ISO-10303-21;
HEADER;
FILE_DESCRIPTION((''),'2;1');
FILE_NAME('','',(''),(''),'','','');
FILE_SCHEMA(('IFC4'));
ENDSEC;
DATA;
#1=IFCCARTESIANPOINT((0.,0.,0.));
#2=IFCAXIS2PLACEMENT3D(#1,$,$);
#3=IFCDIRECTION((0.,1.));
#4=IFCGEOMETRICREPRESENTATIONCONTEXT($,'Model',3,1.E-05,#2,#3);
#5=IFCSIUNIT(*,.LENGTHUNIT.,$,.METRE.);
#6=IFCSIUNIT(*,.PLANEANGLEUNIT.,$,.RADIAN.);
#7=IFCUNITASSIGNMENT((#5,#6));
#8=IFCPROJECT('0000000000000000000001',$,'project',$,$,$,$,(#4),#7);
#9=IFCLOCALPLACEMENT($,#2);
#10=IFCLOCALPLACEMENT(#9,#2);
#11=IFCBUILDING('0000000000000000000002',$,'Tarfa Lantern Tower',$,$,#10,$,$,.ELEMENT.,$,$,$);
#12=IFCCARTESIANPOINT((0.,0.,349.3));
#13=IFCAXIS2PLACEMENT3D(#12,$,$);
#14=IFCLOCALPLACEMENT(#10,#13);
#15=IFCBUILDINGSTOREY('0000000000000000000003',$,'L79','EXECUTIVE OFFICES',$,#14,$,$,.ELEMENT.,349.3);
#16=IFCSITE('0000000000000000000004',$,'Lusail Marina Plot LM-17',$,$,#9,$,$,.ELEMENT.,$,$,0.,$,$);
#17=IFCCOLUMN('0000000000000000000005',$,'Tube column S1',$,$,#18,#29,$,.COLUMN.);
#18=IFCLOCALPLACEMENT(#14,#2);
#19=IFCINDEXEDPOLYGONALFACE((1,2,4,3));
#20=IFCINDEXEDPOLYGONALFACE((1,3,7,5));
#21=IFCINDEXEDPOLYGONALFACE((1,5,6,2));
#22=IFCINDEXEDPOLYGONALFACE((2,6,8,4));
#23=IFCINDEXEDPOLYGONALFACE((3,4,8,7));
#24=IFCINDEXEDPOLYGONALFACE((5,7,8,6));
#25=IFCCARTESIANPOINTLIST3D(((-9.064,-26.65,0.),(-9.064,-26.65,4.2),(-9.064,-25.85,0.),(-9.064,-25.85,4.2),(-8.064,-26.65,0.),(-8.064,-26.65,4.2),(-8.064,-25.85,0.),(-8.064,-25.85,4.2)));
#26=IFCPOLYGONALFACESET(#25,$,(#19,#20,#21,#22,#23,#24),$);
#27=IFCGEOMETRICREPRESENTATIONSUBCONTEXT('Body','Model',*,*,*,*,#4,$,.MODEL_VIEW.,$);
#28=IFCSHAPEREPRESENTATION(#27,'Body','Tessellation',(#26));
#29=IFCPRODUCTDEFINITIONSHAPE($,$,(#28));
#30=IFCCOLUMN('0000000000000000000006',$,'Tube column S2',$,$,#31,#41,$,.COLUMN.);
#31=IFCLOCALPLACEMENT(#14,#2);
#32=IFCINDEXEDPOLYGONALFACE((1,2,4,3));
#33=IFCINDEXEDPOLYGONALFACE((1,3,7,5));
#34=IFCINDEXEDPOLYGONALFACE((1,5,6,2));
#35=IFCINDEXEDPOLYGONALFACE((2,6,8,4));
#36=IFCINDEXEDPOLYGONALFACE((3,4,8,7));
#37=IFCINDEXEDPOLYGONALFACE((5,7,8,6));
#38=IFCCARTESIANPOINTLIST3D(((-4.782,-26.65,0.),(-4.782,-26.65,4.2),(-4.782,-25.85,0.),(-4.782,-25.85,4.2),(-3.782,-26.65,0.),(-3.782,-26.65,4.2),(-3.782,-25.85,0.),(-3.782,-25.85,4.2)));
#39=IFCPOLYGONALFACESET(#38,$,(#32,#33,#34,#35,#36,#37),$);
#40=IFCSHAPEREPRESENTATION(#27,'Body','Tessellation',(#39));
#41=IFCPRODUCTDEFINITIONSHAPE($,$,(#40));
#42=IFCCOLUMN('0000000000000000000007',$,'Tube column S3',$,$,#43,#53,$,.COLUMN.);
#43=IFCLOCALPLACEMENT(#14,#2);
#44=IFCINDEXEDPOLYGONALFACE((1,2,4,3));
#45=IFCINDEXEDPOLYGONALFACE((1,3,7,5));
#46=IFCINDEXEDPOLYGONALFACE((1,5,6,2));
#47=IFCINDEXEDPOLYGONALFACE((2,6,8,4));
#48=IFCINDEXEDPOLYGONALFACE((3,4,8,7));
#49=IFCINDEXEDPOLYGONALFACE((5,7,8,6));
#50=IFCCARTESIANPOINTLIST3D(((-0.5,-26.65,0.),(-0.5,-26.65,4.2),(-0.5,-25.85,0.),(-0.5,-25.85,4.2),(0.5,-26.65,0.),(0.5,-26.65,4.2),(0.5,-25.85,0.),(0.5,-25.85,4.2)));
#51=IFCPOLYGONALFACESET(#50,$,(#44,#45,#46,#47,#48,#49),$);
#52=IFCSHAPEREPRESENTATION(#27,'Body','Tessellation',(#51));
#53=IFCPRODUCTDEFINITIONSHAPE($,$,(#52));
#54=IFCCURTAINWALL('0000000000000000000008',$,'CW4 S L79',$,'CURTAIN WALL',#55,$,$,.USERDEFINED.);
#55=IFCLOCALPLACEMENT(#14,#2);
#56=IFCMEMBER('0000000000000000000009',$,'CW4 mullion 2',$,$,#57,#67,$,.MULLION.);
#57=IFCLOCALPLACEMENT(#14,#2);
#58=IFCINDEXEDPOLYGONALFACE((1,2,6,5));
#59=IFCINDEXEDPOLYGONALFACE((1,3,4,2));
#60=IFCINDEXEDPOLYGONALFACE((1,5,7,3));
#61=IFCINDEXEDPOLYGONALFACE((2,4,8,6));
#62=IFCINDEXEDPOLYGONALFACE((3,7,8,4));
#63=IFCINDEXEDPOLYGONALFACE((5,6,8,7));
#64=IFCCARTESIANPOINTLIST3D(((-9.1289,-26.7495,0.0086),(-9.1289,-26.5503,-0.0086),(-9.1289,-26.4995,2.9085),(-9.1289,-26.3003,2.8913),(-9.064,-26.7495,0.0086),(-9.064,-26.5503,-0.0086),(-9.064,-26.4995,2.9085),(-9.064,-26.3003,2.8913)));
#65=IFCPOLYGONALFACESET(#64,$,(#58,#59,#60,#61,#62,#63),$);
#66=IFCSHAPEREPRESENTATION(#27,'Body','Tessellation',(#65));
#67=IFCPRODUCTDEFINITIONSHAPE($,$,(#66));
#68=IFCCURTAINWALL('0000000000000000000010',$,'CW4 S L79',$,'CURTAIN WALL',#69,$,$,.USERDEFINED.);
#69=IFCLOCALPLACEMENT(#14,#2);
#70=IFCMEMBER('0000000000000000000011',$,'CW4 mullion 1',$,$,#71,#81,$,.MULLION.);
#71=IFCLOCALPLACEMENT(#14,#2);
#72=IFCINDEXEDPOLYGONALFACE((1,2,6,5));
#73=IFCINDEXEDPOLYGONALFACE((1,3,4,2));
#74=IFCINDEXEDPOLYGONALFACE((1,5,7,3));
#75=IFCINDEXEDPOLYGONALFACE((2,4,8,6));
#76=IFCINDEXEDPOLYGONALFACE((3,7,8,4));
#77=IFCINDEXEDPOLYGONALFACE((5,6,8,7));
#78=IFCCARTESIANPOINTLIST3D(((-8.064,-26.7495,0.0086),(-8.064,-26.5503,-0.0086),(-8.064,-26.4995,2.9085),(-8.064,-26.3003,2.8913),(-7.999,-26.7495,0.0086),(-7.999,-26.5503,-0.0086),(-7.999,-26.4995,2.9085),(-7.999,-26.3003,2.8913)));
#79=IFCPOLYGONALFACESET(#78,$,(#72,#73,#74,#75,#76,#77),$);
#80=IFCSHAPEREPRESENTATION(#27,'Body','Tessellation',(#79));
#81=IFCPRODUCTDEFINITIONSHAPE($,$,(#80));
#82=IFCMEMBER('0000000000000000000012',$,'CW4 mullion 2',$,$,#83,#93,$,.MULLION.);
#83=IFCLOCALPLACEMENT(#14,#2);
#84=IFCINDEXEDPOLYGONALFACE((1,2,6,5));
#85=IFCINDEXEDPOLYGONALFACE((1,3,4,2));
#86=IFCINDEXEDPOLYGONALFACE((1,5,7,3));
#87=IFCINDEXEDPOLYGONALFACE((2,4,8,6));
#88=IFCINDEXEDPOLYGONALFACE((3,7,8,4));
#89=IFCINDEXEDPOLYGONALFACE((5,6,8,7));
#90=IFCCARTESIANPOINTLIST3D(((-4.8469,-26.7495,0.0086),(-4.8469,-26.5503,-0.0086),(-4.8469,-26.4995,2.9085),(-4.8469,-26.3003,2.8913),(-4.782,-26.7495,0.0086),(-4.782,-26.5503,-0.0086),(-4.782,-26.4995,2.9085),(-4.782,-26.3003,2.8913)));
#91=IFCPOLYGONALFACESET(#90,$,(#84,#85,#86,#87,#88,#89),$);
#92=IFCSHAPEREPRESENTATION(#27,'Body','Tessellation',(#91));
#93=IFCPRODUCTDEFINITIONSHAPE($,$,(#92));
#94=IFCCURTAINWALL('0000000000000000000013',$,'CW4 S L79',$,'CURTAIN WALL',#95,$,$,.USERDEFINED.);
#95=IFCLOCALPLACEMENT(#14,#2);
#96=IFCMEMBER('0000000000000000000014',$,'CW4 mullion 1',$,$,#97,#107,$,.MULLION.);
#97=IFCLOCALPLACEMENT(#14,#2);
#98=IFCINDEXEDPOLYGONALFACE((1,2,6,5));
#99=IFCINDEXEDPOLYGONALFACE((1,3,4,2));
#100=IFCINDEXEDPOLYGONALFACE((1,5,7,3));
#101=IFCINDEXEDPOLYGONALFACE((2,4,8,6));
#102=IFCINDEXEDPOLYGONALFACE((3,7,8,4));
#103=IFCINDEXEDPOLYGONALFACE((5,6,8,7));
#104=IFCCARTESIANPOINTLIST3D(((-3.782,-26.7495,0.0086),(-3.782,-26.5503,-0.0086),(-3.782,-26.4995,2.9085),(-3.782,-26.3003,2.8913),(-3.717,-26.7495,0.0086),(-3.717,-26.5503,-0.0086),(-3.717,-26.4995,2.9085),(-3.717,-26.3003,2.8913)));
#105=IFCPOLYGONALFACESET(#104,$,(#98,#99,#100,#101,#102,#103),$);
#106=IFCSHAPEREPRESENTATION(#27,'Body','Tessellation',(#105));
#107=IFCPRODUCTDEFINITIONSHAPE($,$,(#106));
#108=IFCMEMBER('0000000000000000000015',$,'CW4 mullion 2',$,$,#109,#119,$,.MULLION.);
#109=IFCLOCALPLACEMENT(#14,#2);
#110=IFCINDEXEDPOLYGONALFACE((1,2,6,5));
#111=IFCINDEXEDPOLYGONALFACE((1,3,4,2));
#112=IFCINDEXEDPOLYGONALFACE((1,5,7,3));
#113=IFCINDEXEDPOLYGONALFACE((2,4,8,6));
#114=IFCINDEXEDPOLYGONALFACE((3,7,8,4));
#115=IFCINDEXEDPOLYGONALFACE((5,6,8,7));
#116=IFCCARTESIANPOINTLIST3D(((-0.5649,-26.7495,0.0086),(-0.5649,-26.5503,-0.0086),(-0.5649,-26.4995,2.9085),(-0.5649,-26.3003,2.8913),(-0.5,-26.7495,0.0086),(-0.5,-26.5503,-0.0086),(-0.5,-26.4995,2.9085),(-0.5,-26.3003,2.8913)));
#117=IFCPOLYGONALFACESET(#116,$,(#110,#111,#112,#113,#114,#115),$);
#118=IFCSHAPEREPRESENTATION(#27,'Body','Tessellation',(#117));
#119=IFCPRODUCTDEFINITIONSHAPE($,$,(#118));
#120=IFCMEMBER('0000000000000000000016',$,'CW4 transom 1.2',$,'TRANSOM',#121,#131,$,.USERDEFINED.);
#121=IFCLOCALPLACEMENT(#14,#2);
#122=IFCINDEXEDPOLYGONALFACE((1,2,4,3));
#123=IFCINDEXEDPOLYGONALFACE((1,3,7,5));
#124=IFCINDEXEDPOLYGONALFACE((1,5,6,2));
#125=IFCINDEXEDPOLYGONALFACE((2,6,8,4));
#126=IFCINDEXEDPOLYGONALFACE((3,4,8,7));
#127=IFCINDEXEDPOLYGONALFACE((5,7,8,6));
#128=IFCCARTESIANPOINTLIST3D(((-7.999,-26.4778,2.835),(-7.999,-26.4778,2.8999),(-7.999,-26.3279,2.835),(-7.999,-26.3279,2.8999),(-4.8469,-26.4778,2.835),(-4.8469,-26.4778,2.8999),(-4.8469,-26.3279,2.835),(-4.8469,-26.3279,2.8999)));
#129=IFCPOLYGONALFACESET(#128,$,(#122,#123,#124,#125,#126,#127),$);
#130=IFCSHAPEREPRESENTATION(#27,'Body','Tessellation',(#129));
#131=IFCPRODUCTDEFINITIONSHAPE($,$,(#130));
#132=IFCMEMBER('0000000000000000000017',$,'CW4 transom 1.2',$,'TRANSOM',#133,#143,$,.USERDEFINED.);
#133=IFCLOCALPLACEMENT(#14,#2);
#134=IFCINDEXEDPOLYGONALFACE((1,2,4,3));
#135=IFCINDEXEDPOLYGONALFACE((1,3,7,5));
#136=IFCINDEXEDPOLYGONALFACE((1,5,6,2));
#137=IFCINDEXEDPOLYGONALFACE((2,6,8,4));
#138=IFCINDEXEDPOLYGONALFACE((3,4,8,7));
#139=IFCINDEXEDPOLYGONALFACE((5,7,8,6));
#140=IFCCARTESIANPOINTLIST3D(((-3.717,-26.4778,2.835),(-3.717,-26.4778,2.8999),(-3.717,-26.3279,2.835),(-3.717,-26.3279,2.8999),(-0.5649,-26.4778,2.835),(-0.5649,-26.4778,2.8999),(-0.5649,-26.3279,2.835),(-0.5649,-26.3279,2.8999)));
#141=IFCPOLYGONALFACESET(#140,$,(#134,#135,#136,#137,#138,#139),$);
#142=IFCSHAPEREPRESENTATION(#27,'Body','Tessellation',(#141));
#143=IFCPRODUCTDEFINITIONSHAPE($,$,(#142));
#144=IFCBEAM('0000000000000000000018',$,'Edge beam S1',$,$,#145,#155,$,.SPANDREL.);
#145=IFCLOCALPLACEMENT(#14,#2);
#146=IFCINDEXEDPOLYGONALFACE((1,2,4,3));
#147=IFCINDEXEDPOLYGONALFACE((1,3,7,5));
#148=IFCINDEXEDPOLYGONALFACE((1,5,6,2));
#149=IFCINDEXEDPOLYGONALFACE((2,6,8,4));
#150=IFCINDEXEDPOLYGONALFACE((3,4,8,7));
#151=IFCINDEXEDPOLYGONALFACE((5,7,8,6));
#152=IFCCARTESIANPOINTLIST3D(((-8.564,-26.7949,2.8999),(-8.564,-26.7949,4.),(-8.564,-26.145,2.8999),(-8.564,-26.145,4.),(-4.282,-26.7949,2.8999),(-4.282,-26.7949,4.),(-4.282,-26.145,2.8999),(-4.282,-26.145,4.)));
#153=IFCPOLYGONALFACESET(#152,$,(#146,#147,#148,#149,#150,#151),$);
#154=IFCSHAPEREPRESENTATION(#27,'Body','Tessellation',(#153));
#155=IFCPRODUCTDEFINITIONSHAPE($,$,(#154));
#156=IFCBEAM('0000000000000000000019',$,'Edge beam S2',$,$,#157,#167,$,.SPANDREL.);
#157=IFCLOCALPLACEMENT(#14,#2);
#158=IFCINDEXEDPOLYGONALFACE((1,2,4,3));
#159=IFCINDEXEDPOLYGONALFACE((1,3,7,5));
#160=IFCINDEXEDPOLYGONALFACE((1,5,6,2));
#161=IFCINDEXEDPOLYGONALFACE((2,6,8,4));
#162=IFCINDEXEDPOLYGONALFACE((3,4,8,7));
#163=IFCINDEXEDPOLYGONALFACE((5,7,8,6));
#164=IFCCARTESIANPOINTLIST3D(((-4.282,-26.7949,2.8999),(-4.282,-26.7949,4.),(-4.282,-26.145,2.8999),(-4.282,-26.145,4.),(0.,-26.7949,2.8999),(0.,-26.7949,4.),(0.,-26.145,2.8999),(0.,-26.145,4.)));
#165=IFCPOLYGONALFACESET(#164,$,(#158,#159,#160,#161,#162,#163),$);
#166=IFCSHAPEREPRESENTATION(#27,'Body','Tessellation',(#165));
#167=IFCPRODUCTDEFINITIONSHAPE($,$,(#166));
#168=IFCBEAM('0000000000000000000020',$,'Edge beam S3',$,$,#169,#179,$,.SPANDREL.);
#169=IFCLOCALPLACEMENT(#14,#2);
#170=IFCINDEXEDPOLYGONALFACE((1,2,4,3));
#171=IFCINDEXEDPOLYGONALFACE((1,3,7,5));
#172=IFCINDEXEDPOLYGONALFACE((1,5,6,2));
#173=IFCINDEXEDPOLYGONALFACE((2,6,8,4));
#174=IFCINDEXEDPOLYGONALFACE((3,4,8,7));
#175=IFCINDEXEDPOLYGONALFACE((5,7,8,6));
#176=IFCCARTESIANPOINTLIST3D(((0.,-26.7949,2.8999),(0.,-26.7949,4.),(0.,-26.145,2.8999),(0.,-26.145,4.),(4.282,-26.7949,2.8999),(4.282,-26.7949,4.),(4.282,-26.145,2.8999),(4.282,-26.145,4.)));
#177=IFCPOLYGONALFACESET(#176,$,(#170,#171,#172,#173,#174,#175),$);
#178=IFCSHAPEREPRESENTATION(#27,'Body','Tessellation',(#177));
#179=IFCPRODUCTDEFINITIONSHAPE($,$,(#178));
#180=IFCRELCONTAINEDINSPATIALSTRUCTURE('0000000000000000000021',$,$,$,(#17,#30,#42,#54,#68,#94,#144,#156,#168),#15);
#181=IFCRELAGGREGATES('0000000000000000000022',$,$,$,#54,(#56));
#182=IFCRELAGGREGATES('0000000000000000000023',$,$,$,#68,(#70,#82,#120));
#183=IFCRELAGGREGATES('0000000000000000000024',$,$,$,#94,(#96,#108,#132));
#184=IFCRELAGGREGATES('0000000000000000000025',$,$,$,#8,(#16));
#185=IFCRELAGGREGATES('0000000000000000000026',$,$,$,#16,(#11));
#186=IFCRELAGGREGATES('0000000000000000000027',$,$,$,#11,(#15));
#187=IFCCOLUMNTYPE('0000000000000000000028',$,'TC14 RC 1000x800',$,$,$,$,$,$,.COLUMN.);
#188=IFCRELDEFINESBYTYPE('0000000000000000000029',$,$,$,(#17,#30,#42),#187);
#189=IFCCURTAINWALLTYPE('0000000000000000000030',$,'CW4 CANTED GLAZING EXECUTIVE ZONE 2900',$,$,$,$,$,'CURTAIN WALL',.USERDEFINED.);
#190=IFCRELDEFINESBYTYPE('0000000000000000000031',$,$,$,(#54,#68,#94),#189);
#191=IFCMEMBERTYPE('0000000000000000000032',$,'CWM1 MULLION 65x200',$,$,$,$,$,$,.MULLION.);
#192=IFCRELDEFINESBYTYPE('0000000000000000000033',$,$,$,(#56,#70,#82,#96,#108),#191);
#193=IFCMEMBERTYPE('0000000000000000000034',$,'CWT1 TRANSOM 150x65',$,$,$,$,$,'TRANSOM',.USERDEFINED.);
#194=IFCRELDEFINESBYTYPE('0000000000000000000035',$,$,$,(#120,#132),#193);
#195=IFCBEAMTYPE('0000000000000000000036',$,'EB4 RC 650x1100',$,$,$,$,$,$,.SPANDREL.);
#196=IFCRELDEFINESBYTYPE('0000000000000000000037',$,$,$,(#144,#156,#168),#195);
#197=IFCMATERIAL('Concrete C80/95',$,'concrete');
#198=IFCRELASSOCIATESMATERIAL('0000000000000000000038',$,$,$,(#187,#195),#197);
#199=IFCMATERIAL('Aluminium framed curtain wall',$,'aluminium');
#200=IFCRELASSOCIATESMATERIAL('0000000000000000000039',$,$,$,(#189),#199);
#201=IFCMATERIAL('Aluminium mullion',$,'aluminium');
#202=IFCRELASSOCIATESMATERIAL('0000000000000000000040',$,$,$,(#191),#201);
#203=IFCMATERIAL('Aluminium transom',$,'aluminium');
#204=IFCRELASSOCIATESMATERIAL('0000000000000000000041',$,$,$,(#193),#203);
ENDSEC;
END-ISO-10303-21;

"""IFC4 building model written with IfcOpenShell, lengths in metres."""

from ifc_helpers import new_model, si_unit, direction, frame, origin, origin_2d, place, context, subcontext, project, spatial, rectangle, extrude, material, material_profile, profile_set, type_object, element, aggregate, save


model = new_model("IFC4")

# Units and contexts
model_context = context("Model", 3, precision=1e-05, world=origin(), true_north=direction((0.0, 1.0)))
body_context = subcontext(model_context, "Body", "Model", "MODEL_VIEW")
ifc_project = project(units=[si_unit("LENGTHUNIT", "METRE"), si_unit("PLANEANGLEUNIT", "RADIAN")], contexts=[model_context])

# Site, building, storey
site_placement = place(None, origin())
site = spatial("IfcSite", under=ifc_project, at=site_placement, Name="Lusail Marina Plot LM-17", CompositionType="ELEMENT", RefElevation=0.0)
building_placement = place(site_placement, origin())
building = spatial("IfcBuilding", under=site, at=building_placement, Name="Tarfa Lantern Tower", CompositionType="ELEMENT")
storey_placement = place(building_placement, frame((0.0, 0.0, 349.3)))
storey = spatial("IfcBuildingStorey", under=building, at=storey_placement, Name="L79", Description="EXECUTIVE OFFICES", CompositionType="ELEMENT", Elevation=349.3)

# Columns
ifc_material_1 = material(Name="Concrete C80/95", Category="concrete")
ifc_material_profile_1 = material_profile(ifc_material_1, rectangle(XDim=1.0, YDim=0.8, at=origin_2d()), Name="RC 1000x800")
ifc_profile_set_1 = profile_set([ifc_material_profile_1], Name="Concrete C80/95")
column_type = type_object("IfcColumnType", Name="TC14 RC 1000x800", PredefinedType="COLUMN", material=ifc_profile_set_1)
for number, where, z_axis, x_axis, name in (
    (1, (-8.564, -26.25, 0.0), (0.0, 0.0, 1.0), (1.0, 0.0, 0.0), "Tube column S1"),
    (2, (-4.282, -26.25, 0.0), (0.0, 0.0, 1.0), (1.0, 0.0, 0.0), "Tube column S2"),
    (3, (0.0, -26.25, 0.0), (0.0, 0.0, 1.0), (1.0, 0.0, 0.0), "Tube column S3"),
):
    element("IfcColumn", number, at=place(storey_placement, frame(where, z_axis=z_axis, x_axis=x_axis)), inside=storey, type_object=column_type, Name=name, PredefinedType="COLUMN", context=body_context, shape_type="SweptSolid", body=[
        extrude(rectangle(XDim=1.0, YDim=0.8, at=origin_2d()), origin(), (0.0, 0.0, 1.0), 4.2),
    ])

# Curtain wall, member
ifc_material_2 = material(Name="Aluminium framed curtain wall", Category="aluminium")
curtain_wall_type = type_object("IfcCurtainWallType", Name="CW4 CANTED GLAZING EXECUTIVE ZONE 2900", ElementType="CURTAIN WALL", PredefinedType="USERDEFINED", material=ifc_material_2)
curtain_wall_1_placement = place(storey_placement, origin())
curtain_wall_1 = element("IfcCurtainWall", 4, at=curtain_wall_1_placement, inside=storey, type_object=curtain_wall_type, Name="CW4 S L79", ObjectType="CURTAIN WALL", PredefinedType="USERDEFINED")
ifc_material_3 = material(Name="Aluminium mullion", Category="aluminium")
ifc_material_profile_2 = material_profile(ifc_material_3, rectangle(XDim=0.0649, YDim=0.2, at=origin_2d()), Name="AL MULLION 65x200")
ifc_profile_set_2 = profile_set([ifc_material_profile_2], Name="Aluminium mullion")
member_type_1 = type_object("IfcMemberType", Name="CWM1 MULLION 65x200", PredefinedType="MULLION", material=ifc_profile_set_2)
member_1_placement = place(storey_placement, frame((-9.0964, -26.6499, 0.0), z_axis=(0.0, 0.085891, 0.996305), x_axis=(-1.0, 0.0, 0.0)))
member_1 = element("IfcMember", 5, at=member_1_placement, type_object=member_type_1, Name="CW4 mullion 2", PredefinedType="MULLION", context=body_context, shape_type="SweptSolid", body=[
    extrude(rectangle(XDim=0.0649, YDim=0.2, at=origin_2d()), origin(), (0.0, 0.0, 1.0), 2.9106),
])
aggregate(curtain_wall_1, [member_1])

# Curtain walls, members
curtain_wall_2_placement = place(storey_placement, origin())
curtain_wall_2 = element("IfcCurtainWall", 6, at=curtain_wall_2_placement, inside=storey, type_object=curtain_wall_type, Name="CW4 S L79", ObjectType="CURTAIN WALL", PredefinedType="USERDEFINED")
member_2_placement = place(storey_placement, frame((-8.0315, -26.6499, 0.0), z_axis=(0.0, 0.085891, 0.996305), x_axis=(-1.0, 0.0, 0.0)))
member_2 = element("IfcMember", 7, at=member_2_placement, type_object=member_type_1, Name="CW4 mullion 1", PredefinedType="MULLION", context=body_context, shape_type="SweptSolid", body=[
    extrude(rectangle(XDim=0.0649, YDim=0.2, at=origin_2d()), origin(), (0.0, 0.0, 1.0), 2.9106),
])
member_3_placement = place(storey_placement, frame((-4.8145, -26.6499, 0.0), z_axis=(0.0, 0.085891, 0.996305), x_axis=(-1.0, 0.0, 0.0)))
member_3 = element("IfcMember", 8, at=member_3_placement, type_object=member_type_1, Name="CW4 mullion 2", PredefinedType="MULLION", context=body_context, shape_type="SweptSolid", body=[
    extrude(rectangle(XDim=0.0649, YDim=0.2, at=origin_2d()), origin(), (0.0, 0.0, 1.0), 2.9106),
])
curtain_wall_3_placement = place(storey_placement, origin())
curtain_wall_3 = element("IfcCurtainWall", 9, at=curtain_wall_3_placement, inside=storey, type_object=curtain_wall_type, Name="CW4 S L79", ObjectType="CURTAIN WALL", PredefinedType="USERDEFINED")
member_4_placement = place(storey_placement, frame((-3.7495, -26.6499, 0.0), z_axis=(0.0, 0.085891, 0.996305), x_axis=(-1.0, 0.0, 0.0)))
member_4 = element("IfcMember", 10, at=member_4_placement, type_object=member_type_1, Name="CW4 mullion 1", PredefinedType="MULLION", context=body_context, shape_type="SweptSolid", body=[
    extrude(rectangle(XDim=0.0649, YDim=0.2, at=origin_2d()), origin(), (0.0, 0.0, 1.0), 2.9106),
])
member_5_placement = place(storey_placement, frame((-0.5325, -26.6499, 0.0), z_axis=(0.0, 0.085891, 0.996305), x_axis=(-1.0, 0.0, 0.0)))
member_5 = element("IfcMember", 11, at=member_5_placement, type_object=member_type_1, Name="CW4 mullion 2", PredefinedType="MULLION", context=body_context, shape_type="SweptSolid", body=[
    extrude(rectangle(XDim=0.0649, YDim=0.2, at=origin_2d()), origin(), (0.0, 0.0, 1.0), 2.9106),
])

# Members
ifc_material_4 = material(Name="Aluminium transom", Category="aluminium")
ifc_material_profile_3 = material_profile(ifc_material_4, rectangle(XDim=0.1499, YDim=0.0649, at=origin_2d()), Name="AL TRANSOM 150x65")
ifc_profile_set_3 = profile_set([ifc_material_profile_3], Name="Aluminium transom")
member_type_2 = type_object("IfcMemberType", Name="CWT1 TRANSOM 150x65", ElementType="TRANSOM", PredefinedType="USERDEFINED", material=ifc_profile_set_3)
member_6_placement = place(storey_placement, frame((-7.999, -26.4028, 2.8674), z_axis=(1.0, 0.0, 0.0), x_axis=(0.0, 1.0, 0.0)))
member_6 = element("IfcMember", 12, at=member_6_placement, type_object=member_type_2, Name="CW4 transom 1.2", ObjectType="TRANSOM", PredefinedType="USERDEFINED", context=body_context, shape_type="SweptSolid", body=[
    extrude(rectangle(XDim=0.1499, YDim=0.0649, at=origin_2d()), origin(), (0.0, 0.0, 1.0), 3.1521),
])
member_7_placement = place(storey_placement, frame((-3.717, -26.4028, 2.8674), z_axis=(1.0, 0.0, 0.0), x_axis=(0.0, 1.0, 0.0)))
member_7 = element("IfcMember", 13, at=member_7_placement, type_object=member_type_2, Name="CW4 transom 1.2", ObjectType="TRANSOM", PredefinedType="USERDEFINED", context=body_context, shape_type="SweptSolid", body=[
    extrude(rectangle(XDim=0.1499, YDim=0.0649, at=origin_2d()), origin(), (0.0, 0.0, 1.0), 3.1521),
])

# Beams
ifc_material_profile_4 = material_profile(ifc_material_1, rectangle(XDim=0.6499, YDim=1.1001, at=origin_2d()), Name="RC 650x1100")
ifc_profile_set_4 = profile_set([ifc_material_profile_4], Name="Concrete C80/95")
beam_type_1 = type_object("IfcBeamType", Name="EB4 RC 650x1100", PredefinedType="SPANDREL", material=ifc_profile_set_4)
for number, where, z_axis, x_axis, name in (
    (14, (-8.564, -26.47, 3.45), (1.0, 0.0, 0.0), (0.0, 1.0, 0.0), "Edge beam S1"),
    (15, (-4.282, -26.47, 3.45), (1.0, 0.0, 0.0), (0.0, 1.0, 0.0), "Edge beam S2"),
    (16, (0.0, -26.47, 3.45), (1.0, 0.0, 0.0), (0.0, 1.0, 0.0), "Edge beam S3"),
):
    element("IfcBeam", number, at=place(storey_placement, frame(where, z_axis=z_axis, x_axis=x_axis)), inside=storey, type_object=beam_type_1, Name=name, PredefinedType="SPANDREL", context=body_context, shape_type="SweptSolid", body=[
        extrude(rectangle(XDim=0.6499, YDim=1.1001, at=origin_2d()), origin(), (0.0, 0.0, 1.0), 4.282),
    ])

aggregate(curtain_wall_2, [member_2, member_3, member_6])
aggregate(curtain_wall_3, [member_4, member_5, member_7])

save(model, "model.ifc")
